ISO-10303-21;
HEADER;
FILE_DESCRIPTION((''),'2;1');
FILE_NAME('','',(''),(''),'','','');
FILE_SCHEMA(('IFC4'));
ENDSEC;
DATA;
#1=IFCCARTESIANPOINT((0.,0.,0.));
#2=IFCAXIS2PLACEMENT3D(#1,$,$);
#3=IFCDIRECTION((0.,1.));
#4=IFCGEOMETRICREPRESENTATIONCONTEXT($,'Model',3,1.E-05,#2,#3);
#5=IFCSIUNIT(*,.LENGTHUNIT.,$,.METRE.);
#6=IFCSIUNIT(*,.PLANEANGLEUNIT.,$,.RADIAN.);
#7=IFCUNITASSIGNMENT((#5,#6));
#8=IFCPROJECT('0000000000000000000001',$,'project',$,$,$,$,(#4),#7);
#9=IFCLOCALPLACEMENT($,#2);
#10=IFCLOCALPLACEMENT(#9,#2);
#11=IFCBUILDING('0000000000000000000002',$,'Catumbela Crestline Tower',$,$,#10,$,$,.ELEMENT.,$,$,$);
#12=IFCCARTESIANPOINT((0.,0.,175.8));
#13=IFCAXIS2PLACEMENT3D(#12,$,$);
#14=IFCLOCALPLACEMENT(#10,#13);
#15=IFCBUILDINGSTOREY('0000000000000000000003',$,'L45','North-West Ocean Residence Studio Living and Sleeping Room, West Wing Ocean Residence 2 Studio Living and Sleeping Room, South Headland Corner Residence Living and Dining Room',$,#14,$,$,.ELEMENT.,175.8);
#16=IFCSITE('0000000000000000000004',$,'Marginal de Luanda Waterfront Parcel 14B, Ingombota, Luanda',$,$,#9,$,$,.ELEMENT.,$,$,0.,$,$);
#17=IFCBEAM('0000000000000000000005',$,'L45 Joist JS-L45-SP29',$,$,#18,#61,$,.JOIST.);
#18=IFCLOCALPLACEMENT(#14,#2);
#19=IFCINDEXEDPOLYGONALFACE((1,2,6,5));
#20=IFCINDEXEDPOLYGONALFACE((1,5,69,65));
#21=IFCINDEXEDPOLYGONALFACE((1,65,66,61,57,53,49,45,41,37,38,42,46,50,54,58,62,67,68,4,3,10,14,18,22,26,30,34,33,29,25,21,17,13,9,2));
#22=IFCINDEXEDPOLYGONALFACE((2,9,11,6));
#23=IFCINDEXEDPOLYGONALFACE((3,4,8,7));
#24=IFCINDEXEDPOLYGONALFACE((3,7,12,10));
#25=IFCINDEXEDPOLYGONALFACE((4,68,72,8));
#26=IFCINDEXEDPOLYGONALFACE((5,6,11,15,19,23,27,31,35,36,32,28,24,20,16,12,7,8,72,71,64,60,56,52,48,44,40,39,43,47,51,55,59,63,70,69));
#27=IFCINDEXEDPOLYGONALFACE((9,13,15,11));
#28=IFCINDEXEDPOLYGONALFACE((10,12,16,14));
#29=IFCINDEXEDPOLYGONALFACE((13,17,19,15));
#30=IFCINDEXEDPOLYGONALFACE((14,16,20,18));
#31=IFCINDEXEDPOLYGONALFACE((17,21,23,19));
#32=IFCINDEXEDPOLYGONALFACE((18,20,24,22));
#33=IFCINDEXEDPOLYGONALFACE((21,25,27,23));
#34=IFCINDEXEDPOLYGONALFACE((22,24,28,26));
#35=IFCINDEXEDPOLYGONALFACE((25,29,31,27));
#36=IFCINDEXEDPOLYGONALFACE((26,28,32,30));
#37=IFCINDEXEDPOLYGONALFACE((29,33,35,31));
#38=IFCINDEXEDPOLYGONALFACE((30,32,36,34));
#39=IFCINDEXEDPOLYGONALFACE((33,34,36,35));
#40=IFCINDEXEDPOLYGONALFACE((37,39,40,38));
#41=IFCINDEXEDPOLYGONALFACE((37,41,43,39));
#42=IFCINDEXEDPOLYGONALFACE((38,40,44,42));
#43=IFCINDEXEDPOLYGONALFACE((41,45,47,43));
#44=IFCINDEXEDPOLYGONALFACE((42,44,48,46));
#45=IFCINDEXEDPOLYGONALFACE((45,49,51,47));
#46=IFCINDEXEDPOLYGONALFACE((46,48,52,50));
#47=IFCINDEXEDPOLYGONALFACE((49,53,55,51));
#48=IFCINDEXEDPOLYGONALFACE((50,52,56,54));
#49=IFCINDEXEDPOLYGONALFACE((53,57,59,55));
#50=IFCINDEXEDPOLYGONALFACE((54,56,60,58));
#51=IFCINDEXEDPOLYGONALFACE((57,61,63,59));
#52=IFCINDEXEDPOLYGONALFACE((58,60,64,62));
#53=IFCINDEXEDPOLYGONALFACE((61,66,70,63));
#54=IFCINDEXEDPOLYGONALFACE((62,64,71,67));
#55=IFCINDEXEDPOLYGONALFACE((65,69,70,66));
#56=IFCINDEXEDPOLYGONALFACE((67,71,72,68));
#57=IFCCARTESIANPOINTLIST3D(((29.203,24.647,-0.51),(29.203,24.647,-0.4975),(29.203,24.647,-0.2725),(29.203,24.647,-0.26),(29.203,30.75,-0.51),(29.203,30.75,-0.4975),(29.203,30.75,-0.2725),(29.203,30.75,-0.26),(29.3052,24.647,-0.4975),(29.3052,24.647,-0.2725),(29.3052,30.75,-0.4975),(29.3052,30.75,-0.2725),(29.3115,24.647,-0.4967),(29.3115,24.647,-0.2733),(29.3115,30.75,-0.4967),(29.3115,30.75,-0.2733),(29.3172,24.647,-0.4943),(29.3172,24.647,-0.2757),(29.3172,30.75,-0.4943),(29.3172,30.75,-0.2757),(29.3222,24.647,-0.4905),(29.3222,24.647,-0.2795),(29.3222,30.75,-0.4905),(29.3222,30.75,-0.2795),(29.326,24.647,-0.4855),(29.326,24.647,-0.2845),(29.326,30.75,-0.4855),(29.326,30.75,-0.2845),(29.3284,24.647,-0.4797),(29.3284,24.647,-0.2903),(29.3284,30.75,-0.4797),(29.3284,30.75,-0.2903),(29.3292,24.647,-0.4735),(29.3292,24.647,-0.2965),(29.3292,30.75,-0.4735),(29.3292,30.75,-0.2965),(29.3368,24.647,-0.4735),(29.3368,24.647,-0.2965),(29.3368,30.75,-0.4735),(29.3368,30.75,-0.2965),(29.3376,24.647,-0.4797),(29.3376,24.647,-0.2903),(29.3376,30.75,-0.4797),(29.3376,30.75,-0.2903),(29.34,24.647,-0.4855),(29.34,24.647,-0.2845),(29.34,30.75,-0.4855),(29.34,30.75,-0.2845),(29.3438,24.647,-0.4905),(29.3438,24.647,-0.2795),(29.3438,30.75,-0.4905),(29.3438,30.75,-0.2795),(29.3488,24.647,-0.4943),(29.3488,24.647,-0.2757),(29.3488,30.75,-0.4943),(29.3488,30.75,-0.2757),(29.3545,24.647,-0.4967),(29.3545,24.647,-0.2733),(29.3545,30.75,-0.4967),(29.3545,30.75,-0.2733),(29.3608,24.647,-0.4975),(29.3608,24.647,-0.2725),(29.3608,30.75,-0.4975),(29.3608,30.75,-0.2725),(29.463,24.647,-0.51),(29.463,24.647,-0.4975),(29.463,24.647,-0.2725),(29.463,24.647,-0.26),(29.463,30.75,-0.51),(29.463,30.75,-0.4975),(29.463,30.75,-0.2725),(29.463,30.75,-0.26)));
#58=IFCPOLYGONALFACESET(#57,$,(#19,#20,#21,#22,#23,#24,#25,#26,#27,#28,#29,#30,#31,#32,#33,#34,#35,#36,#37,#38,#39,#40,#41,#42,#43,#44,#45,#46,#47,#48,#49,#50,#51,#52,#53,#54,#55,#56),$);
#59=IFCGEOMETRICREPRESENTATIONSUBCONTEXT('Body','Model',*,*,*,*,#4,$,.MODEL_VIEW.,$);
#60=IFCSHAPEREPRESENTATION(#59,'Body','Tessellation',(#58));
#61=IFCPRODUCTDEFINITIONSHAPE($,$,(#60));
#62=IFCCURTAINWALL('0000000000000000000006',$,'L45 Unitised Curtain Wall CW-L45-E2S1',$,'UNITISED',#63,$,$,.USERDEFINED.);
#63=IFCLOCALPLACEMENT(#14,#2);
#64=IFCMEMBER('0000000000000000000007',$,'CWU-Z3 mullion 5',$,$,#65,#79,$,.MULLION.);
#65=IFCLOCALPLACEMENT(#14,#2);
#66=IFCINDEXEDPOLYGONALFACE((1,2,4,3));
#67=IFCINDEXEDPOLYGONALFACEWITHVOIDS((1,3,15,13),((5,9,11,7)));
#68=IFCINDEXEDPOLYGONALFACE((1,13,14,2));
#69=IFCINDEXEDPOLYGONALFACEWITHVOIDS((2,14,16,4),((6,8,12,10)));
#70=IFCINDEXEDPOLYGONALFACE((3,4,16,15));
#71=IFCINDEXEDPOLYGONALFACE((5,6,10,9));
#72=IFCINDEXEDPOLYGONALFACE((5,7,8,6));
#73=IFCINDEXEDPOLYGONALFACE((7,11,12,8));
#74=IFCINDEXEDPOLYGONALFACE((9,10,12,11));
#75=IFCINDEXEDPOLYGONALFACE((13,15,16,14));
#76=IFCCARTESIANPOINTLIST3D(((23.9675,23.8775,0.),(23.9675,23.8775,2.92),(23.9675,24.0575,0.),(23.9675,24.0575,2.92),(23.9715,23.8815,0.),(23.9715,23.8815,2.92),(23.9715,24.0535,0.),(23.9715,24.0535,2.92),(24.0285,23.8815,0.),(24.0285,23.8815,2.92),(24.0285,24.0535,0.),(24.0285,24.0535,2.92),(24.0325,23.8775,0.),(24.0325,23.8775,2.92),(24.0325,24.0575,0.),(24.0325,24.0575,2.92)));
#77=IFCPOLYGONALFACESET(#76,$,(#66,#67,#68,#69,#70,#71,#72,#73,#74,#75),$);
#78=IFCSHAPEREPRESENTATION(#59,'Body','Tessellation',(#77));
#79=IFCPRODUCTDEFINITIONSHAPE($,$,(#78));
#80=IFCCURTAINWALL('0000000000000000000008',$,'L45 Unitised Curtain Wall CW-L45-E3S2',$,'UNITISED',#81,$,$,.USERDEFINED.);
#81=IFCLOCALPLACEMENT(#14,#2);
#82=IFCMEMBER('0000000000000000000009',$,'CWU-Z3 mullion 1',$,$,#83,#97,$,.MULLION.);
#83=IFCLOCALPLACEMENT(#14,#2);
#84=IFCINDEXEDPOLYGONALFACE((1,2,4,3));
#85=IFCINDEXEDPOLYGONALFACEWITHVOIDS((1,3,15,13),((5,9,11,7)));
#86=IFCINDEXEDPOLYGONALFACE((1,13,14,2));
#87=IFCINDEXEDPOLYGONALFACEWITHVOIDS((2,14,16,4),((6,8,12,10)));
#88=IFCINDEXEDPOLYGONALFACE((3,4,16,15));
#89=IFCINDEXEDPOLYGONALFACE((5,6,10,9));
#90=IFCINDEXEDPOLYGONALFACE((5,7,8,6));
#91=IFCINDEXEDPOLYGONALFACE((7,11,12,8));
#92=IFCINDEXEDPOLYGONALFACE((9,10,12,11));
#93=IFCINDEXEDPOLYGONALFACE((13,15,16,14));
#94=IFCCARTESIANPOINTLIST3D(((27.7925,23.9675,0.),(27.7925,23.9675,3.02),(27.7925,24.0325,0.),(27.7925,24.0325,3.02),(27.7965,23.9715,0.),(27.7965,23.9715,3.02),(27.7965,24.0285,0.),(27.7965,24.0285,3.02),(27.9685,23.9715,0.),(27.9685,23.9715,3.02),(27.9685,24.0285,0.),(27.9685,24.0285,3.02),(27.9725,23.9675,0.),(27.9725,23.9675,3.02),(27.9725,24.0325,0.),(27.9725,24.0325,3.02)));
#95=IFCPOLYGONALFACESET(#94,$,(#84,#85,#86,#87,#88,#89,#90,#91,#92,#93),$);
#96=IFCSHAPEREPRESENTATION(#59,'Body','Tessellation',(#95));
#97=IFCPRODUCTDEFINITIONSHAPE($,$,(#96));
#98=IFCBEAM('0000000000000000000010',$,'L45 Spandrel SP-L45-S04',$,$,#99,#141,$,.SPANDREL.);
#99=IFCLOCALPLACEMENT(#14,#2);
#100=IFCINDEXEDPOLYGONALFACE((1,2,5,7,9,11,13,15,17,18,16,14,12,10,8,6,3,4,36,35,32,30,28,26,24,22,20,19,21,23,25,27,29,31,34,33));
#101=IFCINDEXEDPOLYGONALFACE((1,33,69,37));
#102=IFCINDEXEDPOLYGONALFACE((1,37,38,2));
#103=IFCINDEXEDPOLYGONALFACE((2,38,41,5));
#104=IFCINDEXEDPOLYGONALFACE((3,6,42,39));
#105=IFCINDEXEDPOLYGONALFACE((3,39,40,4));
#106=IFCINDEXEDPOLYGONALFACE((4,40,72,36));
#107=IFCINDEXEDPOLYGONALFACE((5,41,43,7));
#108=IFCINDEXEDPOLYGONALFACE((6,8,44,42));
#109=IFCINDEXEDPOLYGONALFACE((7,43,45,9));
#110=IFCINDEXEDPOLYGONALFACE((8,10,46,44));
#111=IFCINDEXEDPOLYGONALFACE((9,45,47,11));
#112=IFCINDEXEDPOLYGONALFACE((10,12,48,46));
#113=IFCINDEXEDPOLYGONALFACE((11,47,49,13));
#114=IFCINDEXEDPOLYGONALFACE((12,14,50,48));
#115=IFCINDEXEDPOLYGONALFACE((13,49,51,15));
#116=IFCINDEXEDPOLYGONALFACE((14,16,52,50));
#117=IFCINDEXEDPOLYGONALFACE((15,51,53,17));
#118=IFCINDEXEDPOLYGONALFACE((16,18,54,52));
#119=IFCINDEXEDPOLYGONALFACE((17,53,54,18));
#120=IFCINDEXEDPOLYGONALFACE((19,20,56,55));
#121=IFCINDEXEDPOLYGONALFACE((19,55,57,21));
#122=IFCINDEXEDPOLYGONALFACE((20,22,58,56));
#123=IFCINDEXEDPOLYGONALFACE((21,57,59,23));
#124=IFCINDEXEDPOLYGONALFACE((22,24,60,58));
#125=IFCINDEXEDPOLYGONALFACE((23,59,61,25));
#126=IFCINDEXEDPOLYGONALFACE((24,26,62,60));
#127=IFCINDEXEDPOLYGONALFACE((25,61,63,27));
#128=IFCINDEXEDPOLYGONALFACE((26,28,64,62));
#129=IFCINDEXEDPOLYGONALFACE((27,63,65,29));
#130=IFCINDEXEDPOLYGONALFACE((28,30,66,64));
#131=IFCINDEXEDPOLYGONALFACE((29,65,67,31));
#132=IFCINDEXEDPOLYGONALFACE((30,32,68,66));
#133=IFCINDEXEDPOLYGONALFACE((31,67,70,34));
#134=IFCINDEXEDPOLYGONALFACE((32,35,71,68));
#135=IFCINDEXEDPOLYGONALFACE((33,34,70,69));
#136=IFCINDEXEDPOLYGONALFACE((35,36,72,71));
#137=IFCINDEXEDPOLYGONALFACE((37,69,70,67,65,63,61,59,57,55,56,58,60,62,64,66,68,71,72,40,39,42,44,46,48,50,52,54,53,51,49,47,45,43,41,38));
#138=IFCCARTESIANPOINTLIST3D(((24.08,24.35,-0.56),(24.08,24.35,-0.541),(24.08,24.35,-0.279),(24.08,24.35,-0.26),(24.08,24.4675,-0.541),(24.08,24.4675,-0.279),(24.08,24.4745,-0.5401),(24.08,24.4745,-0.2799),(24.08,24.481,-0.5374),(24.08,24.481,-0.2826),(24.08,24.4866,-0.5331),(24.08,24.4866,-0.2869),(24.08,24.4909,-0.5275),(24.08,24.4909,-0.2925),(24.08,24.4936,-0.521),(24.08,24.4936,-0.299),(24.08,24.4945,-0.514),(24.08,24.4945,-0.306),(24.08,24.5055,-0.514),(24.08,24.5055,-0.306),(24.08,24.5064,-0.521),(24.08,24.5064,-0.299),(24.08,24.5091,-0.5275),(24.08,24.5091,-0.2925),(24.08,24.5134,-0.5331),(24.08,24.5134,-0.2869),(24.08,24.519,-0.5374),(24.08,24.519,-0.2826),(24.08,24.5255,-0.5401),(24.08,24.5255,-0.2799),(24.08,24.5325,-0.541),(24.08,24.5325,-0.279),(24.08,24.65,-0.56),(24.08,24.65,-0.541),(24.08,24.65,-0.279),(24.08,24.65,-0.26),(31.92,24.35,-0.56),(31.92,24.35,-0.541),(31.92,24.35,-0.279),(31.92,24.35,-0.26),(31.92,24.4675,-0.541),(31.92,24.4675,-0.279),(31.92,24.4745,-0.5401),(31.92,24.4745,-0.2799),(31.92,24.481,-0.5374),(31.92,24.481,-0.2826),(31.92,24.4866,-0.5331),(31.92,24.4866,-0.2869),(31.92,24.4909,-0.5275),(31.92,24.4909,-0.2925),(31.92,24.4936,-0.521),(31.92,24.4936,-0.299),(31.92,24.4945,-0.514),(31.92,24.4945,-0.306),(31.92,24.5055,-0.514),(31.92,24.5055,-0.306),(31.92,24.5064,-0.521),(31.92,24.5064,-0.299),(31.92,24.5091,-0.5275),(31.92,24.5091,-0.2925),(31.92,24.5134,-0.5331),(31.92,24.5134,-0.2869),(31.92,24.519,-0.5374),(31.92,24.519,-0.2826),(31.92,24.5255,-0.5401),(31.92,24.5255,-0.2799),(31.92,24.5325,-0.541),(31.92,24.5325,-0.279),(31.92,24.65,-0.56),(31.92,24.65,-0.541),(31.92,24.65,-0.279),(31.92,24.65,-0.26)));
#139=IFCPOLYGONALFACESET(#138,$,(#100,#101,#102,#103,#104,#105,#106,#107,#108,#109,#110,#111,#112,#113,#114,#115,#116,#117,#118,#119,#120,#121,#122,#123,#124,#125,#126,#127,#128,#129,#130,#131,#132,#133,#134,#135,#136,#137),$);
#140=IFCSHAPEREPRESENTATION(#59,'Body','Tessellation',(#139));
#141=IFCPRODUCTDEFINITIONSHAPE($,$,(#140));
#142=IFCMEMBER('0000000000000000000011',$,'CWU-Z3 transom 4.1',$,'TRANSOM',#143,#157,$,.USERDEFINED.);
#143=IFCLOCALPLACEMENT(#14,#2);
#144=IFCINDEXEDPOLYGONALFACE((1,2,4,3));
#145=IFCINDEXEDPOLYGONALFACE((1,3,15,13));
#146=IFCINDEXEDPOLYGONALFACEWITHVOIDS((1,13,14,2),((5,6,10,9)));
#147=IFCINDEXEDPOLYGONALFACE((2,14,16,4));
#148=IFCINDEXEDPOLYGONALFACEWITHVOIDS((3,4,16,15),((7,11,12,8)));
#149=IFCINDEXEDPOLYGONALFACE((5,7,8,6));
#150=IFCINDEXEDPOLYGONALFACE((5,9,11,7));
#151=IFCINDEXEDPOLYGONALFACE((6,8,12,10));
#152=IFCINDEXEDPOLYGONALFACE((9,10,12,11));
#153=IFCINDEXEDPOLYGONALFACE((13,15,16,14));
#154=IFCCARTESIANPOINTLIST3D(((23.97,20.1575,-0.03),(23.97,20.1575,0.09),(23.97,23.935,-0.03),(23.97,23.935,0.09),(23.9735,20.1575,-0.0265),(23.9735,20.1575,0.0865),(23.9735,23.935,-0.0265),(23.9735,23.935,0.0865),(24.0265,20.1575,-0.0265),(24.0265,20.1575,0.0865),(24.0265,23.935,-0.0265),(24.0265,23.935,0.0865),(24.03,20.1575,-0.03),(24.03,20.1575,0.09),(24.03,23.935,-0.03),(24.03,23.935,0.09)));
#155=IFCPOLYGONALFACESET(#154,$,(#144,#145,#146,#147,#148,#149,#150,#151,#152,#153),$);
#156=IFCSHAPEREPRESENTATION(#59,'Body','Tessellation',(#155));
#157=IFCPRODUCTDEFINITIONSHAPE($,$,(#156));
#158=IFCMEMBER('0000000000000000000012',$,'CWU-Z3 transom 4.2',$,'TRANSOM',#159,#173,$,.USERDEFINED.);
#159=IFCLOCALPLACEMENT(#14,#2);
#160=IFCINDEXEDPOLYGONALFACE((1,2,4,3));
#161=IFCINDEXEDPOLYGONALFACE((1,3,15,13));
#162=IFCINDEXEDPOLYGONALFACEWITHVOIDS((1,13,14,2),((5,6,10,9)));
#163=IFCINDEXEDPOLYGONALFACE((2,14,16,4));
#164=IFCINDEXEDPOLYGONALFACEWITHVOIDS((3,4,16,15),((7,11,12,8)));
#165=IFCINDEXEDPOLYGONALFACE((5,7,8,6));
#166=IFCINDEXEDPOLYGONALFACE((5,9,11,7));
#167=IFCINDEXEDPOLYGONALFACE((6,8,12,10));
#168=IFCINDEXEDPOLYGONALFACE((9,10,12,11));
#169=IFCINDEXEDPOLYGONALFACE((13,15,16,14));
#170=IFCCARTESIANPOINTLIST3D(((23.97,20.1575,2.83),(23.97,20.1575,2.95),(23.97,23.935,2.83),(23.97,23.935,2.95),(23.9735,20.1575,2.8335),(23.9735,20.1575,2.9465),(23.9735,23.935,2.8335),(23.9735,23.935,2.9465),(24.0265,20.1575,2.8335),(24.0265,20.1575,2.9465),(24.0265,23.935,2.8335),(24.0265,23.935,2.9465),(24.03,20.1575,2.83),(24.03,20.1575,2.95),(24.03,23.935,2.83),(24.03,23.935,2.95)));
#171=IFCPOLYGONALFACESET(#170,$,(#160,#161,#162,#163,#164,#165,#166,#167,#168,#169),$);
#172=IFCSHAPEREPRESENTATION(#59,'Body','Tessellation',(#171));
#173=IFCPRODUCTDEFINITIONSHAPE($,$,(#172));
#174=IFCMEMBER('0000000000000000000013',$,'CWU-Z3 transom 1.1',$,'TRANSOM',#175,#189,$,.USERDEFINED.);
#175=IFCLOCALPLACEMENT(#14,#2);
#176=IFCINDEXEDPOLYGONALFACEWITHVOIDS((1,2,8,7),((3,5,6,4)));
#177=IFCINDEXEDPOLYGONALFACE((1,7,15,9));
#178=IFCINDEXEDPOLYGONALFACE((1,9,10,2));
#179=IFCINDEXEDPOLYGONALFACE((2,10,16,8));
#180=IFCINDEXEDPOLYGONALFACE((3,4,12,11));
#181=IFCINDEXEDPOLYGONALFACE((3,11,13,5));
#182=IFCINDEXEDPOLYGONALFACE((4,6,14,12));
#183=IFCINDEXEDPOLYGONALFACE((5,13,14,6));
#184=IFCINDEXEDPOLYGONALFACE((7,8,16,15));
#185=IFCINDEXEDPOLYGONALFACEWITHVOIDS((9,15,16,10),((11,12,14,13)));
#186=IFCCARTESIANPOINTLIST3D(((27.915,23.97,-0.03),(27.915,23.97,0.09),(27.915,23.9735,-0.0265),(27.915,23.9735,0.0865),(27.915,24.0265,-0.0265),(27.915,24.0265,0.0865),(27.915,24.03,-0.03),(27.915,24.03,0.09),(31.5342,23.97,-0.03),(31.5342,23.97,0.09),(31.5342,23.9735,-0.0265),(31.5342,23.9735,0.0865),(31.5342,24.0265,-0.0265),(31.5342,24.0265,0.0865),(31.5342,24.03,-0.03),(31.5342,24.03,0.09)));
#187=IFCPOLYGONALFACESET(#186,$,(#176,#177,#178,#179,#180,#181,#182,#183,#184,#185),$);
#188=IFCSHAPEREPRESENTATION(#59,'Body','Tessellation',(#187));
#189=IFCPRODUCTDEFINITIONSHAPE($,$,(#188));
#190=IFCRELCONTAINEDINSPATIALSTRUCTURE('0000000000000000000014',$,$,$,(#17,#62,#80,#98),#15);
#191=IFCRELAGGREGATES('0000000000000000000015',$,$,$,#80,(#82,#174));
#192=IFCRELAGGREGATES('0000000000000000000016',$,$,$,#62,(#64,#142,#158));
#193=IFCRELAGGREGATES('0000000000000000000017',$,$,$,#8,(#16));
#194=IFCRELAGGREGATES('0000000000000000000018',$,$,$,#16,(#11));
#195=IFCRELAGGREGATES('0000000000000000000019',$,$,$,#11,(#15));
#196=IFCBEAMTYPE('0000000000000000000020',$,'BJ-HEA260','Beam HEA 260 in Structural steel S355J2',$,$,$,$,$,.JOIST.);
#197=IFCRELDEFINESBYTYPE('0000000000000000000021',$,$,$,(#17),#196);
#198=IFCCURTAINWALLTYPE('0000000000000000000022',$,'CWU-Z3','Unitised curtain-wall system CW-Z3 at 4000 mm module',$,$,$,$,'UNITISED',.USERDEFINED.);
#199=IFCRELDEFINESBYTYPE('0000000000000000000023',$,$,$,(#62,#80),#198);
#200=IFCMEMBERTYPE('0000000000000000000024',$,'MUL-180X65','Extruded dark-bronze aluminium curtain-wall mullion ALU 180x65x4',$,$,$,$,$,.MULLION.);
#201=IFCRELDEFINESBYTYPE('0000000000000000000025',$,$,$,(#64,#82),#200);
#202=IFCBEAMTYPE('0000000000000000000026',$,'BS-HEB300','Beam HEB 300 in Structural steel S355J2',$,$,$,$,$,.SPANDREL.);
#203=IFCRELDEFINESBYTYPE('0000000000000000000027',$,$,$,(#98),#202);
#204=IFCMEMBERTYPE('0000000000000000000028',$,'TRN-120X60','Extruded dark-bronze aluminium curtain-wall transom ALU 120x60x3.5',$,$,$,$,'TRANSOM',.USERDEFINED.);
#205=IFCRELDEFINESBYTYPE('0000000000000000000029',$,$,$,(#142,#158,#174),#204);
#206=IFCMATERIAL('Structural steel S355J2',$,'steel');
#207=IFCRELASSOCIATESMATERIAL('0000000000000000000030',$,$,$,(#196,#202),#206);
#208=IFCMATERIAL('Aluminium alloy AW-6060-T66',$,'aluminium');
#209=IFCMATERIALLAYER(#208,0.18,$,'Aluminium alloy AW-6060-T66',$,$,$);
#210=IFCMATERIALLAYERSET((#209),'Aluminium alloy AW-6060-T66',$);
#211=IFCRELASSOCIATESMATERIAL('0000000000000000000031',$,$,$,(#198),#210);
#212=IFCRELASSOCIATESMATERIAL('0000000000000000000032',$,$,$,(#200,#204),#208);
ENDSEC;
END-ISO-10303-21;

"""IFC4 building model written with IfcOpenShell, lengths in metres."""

from ifc_helpers import new_model, si_unit, direction, frame, origin, origin_2d, place, context, subcontext, project, spatial, hollow_rectangle, i_section, extrude, material, layer, layer_set, material_profile, profile_set, type_object, element, aggregate, save


model = new_model("IFC4")

# Units and contexts
model_context = context("Model", 3, precision=1e-05, world=origin(), true_north=direction((0.0, 1.0)))
body_context = subcontext(model_context, "Body", "Model", "MODEL_VIEW")
ifc_project = project(units=[si_unit("LENGTHUNIT", "METRE"), si_unit("PLANEANGLEUNIT", "RADIAN")], contexts=[model_context])

# Site, building, storey
site_placement = place(None, origin())
site = spatial("IfcSite", under=ifc_project, at=site_placement, Name="Marginal de Luanda Waterfront Parcel 14B, Ingombota, Luanda", CompositionType="ELEMENT", RefElevation=0.0)
building_placement = place(site_placement, origin())
building = spatial("IfcBuilding", under=site, at=building_placement, Name="Catumbela Crestline Tower", CompositionType="ELEMENT")
storey_placement = place(building_placement, frame((0.0, 0.0, 175.8)))
storey = spatial("IfcBuildingStorey", under=building, at=storey_placement, Name="L45", Description="North-West Ocean Residence Studio Living and Sleeping Room, West Wing Ocean Residence 2 Studio Living and Sleeping Room, South Headland Corner Residence Living and Dining Room", CompositionType="ELEMENT", Elevation=175.8)

# Beam
ifc_material_1 = material(Name="Structural steel S355J2", Category="steel")
ifc_material_profile_1 = material_profile(ifc_material_1, i_section(OverallWidth=0.26, OverallDepth=0.25, WebThickness=0.0075, FlangeThickness=0.0125, FilletRadius=0.024, at=origin_2d()), Name="HEA 260")
ifc_profile_set_1 = profile_set([ifc_material_profile_1], Name="Structural steel S355J2")
beam_type_1 = type_object("IfcBeamType", Name="BJ-HEA260", Description="Beam HEA 260 in Structural steel S355J2", PredefinedType="JOIST", material=ifc_profile_set_1)
for number, where, z_axis, x_axis, name in (
    (1, (29.333, 24.647, -0.385), (0.0, 1.0, 0.0), (-1.0, 0.0, 0.0), "L45 Joist JS-L45-SP29"),
):
    element("IfcBeam", number, at=place(storey_placement, frame(where, z_axis=z_axis, x_axis=x_axis)), inside=storey, type_object=beam_type_1, Name=name, PredefinedType="JOIST", context=body_context, shape_type="SweptSolid", body=[
        extrude(i_section(OverallWidth=0.26, OverallDepth=0.25, WebThickness=0.0075, FlangeThickness=0.0125, FilletRadius=0.024, at=origin_2d()), origin(), (0.0, 0.0, 1.0), 6.103),
    ])

# Curtain walls, members
ifc_material_2 = material(Name="Aluminium alloy AW-6060-T66", Category="aluminium")
ifc_layer_1 = layer(ifc_material_2, 0.18, Name="Aluminium alloy AW-6060-T66")
ifc_layer_set_1 = layer_set([ifc_layer_1], Name="Aluminium alloy AW-6060-T66")
curtain_wall_type = type_object("IfcCurtainWallType", Name="CWU-Z3", Description="Unitised curtain-wall system CW-Z3 at 4000 mm module", ElementType="UNITISED", PredefinedType="USERDEFINED", material=ifc_layer_set_1)
curtain_wall_1_placement = place(storey_placement, origin())
curtain_wall_1 = element("IfcCurtainWall", 2, at=curtain_wall_1_placement, inside=storey, type_object=curtain_wall_type, Name="L45 Unitised Curtain Wall CW-L45-E2S1", ObjectType="UNITISED", PredefinedType="USERDEFINED")
ifc_material_profile_2 = material_profile(ifc_material_2, hollow_rectangle(XDim=0.065, YDim=0.18, WallThickness=0.004, at=origin_2d()), Name="ALU 180x65x4")
ifc_profile_set_2 = profile_set([ifc_material_profile_2], Name="Aluminium alloy AW-6060-T66")
member_type_1 = type_object("IfcMemberType", Name="MUL-180X65", Description="Extruded dark-bronze aluminium curtain-wall mullion ALU 180x65x4", PredefinedType="MULLION", material=ifc_profile_set_2)
member_1_placement = place(storey_placement, frame((24.0, 23.9675, 0.0), z_axis=(0.0, 0.0, 1.0), x_axis=(-1.0, 0.0, 0.0)))
member_1 = element("IfcMember", 3, at=member_1_placement, type_object=member_type_1, Name="CWU-Z3 mullion 5", PredefinedType="MULLION", context=body_context, shape_type="SweptSolid", body=[
    extrude(hollow_rectangle(XDim=0.065, YDim=0.18, WallThickness=0.004, at=origin_2d()), origin(), (0.0, 0.0, 1.0), 2.92),
])
curtain_wall_2_placement = place(storey_placement, origin())
curtain_wall_2 = element("IfcCurtainWall", 4, at=curtain_wall_2_placement, inside=storey, type_object=curtain_wall_type, Name="L45 Unitised Curtain Wall CW-L45-E3S2", ObjectType="UNITISED", PredefinedType="USERDEFINED")
member_2_placement = place(storey_placement, frame((27.8825, 24.0, 0.0), z_axis=(0.0, 0.0, 1.0), x_axis=(0.0, 1.0, 0.0)))
member_2 = element("IfcMember", 5, at=member_2_placement, type_object=member_type_1, Name="CWU-Z3 mullion 1", PredefinedType="MULLION", context=body_context, shape_type="SweptSolid", body=[
    extrude(hollow_rectangle(XDim=0.065, YDim=0.18, WallThickness=0.004, at=origin_2d()), origin(), (0.0, 0.0, 1.0), 3.02),
])

# Beam
ifc_material_profile_3 = material_profile(ifc_material_1, i_section(OverallWidth=0.3, OverallDepth=0.3, WebThickness=0.011, FlangeThickness=0.019, FilletRadius=0.027, at=origin_2d()), Name="HEB 300")
ifc_profile_set_3 = profile_set([ifc_material_profile_3], Name="Structural steel S355J2")
beam_type_2 = type_object("IfcBeamType", Name="BS-HEB300", Description="Beam HEB 300 in Structural steel S355J2", PredefinedType="SPANDREL", material=ifc_profile_set_3)
beam_1_placement = place(storey_placement, frame((24.08, 24.5, -0.41), z_axis=(1.0, 0.0, 0.0), x_axis=(0.0, 1.0, 0.0)))
element("IfcBeam", 6, at=beam_1_placement, inside=storey, type_object=beam_type_2, Name="L45 Spandrel SP-L45-S04", PredefinedType="SPANDREL", context=body_context, shape_type="SweptSolid", body=[
    extrude(i_section(OverallWidth=0.3, OverallDepth=0.3, WebThickness=0.011, FlangeThickness=0.019, FilletRadius=0.027, at=origin_2d()), origin(), (0.0, 0.0, 1.0), 7.84),
])

# Members
ifc_material_profile_4 = material_profile(ifc_material_2, hollow_rectangle(XDim=0.06, YDim=0.12, WallThickness=0.0035, at=origin_2d()), Name="ALU 120x60x3.5")
ifc_profile_set_4 = profile_set([ifc_material_profile_4], Name="Aluminium alloy AW-6060-T66")
member_type_2 = type_object("IfcMemberType", Name="TRN-120X60", Description="Extruded dark-bronze aluminium curtain-wall transom ALU 120x60x3.5", ElementType="TRANSOM", PredefinedType="USERDEFINED", material=ifc_profile_set_4)
member_3_placement = place(storey_placement, frame((24.0, 20.1575, 0.03), z_axis=(0.0, 1.0, 0.0), x_axis=(-1.0, 0.0, 0.0)))
member_3 = element("IfcMember", 7, at=member_3_placement, type_object=member_type_2, Name="CWU-Z3 transom 4.1", ObjectType="TRANSOM", PredefinedType="USERDEFINED", context=body_context, shape_type="SweptSolid", body=[
    extrude(hollow_rectangle(XDim=0.06, YDim=0.12, WallThickness=0.0035, at=origin_2d()), origin(), (0.0, 0.0, 1.0), 3.7775),
])
member_4_placement = place(storey_placement, frame((24.0, 20.1575, 2.89), z_axis=(0.0, 1.0, 0.0), x_axis=(-1.0, 0.0, 0.0)))
member_4 = element("IfcMember", 8, at=member_4_placement, type_object=member_type_2, Name="CWU-Z3 transom 4.2", ObjectType="TRANSOM", PredefinedType="USERDEFINED", context=body_context, shape_type="SweptSolid", body=[
    extrude(hollow_rectangle(XDim=0.06, YDim=0.12, WallThickness=0.0035, at=origin_2d()), origin(), (0.0, 0.0, 1.0), 3.7775),
])
member_5_placement = place(storey_placement, frame((27.915, 24.0, 0.03), z_axis=(1.0, 0.0, 0.0), x_axis=(0.0, 1.0, 0.0)))
member_5 = element("IfcMember", 9, at=member_5_placement, type_object=member_type_2, Name="CWU-Z3 transom 1.1", ObjectType="TRANSOM", PredefinedType="USERDEFINED", context=body_context, shape_type="SweptSolid", body=[
    extrude(hollow_rectangle(XDim=0.06, YDim=0.12, WallThickness=0.0035, at=origin_2d()), origin(), (0.0, 0.0, 1.0), 3.6192),
])
aggregate(curtain_wall_2, [member_2, member_5])

aggregate(curtain_wall_1, [member_1, member_3, member_4])

save(model, "model.ifc")
